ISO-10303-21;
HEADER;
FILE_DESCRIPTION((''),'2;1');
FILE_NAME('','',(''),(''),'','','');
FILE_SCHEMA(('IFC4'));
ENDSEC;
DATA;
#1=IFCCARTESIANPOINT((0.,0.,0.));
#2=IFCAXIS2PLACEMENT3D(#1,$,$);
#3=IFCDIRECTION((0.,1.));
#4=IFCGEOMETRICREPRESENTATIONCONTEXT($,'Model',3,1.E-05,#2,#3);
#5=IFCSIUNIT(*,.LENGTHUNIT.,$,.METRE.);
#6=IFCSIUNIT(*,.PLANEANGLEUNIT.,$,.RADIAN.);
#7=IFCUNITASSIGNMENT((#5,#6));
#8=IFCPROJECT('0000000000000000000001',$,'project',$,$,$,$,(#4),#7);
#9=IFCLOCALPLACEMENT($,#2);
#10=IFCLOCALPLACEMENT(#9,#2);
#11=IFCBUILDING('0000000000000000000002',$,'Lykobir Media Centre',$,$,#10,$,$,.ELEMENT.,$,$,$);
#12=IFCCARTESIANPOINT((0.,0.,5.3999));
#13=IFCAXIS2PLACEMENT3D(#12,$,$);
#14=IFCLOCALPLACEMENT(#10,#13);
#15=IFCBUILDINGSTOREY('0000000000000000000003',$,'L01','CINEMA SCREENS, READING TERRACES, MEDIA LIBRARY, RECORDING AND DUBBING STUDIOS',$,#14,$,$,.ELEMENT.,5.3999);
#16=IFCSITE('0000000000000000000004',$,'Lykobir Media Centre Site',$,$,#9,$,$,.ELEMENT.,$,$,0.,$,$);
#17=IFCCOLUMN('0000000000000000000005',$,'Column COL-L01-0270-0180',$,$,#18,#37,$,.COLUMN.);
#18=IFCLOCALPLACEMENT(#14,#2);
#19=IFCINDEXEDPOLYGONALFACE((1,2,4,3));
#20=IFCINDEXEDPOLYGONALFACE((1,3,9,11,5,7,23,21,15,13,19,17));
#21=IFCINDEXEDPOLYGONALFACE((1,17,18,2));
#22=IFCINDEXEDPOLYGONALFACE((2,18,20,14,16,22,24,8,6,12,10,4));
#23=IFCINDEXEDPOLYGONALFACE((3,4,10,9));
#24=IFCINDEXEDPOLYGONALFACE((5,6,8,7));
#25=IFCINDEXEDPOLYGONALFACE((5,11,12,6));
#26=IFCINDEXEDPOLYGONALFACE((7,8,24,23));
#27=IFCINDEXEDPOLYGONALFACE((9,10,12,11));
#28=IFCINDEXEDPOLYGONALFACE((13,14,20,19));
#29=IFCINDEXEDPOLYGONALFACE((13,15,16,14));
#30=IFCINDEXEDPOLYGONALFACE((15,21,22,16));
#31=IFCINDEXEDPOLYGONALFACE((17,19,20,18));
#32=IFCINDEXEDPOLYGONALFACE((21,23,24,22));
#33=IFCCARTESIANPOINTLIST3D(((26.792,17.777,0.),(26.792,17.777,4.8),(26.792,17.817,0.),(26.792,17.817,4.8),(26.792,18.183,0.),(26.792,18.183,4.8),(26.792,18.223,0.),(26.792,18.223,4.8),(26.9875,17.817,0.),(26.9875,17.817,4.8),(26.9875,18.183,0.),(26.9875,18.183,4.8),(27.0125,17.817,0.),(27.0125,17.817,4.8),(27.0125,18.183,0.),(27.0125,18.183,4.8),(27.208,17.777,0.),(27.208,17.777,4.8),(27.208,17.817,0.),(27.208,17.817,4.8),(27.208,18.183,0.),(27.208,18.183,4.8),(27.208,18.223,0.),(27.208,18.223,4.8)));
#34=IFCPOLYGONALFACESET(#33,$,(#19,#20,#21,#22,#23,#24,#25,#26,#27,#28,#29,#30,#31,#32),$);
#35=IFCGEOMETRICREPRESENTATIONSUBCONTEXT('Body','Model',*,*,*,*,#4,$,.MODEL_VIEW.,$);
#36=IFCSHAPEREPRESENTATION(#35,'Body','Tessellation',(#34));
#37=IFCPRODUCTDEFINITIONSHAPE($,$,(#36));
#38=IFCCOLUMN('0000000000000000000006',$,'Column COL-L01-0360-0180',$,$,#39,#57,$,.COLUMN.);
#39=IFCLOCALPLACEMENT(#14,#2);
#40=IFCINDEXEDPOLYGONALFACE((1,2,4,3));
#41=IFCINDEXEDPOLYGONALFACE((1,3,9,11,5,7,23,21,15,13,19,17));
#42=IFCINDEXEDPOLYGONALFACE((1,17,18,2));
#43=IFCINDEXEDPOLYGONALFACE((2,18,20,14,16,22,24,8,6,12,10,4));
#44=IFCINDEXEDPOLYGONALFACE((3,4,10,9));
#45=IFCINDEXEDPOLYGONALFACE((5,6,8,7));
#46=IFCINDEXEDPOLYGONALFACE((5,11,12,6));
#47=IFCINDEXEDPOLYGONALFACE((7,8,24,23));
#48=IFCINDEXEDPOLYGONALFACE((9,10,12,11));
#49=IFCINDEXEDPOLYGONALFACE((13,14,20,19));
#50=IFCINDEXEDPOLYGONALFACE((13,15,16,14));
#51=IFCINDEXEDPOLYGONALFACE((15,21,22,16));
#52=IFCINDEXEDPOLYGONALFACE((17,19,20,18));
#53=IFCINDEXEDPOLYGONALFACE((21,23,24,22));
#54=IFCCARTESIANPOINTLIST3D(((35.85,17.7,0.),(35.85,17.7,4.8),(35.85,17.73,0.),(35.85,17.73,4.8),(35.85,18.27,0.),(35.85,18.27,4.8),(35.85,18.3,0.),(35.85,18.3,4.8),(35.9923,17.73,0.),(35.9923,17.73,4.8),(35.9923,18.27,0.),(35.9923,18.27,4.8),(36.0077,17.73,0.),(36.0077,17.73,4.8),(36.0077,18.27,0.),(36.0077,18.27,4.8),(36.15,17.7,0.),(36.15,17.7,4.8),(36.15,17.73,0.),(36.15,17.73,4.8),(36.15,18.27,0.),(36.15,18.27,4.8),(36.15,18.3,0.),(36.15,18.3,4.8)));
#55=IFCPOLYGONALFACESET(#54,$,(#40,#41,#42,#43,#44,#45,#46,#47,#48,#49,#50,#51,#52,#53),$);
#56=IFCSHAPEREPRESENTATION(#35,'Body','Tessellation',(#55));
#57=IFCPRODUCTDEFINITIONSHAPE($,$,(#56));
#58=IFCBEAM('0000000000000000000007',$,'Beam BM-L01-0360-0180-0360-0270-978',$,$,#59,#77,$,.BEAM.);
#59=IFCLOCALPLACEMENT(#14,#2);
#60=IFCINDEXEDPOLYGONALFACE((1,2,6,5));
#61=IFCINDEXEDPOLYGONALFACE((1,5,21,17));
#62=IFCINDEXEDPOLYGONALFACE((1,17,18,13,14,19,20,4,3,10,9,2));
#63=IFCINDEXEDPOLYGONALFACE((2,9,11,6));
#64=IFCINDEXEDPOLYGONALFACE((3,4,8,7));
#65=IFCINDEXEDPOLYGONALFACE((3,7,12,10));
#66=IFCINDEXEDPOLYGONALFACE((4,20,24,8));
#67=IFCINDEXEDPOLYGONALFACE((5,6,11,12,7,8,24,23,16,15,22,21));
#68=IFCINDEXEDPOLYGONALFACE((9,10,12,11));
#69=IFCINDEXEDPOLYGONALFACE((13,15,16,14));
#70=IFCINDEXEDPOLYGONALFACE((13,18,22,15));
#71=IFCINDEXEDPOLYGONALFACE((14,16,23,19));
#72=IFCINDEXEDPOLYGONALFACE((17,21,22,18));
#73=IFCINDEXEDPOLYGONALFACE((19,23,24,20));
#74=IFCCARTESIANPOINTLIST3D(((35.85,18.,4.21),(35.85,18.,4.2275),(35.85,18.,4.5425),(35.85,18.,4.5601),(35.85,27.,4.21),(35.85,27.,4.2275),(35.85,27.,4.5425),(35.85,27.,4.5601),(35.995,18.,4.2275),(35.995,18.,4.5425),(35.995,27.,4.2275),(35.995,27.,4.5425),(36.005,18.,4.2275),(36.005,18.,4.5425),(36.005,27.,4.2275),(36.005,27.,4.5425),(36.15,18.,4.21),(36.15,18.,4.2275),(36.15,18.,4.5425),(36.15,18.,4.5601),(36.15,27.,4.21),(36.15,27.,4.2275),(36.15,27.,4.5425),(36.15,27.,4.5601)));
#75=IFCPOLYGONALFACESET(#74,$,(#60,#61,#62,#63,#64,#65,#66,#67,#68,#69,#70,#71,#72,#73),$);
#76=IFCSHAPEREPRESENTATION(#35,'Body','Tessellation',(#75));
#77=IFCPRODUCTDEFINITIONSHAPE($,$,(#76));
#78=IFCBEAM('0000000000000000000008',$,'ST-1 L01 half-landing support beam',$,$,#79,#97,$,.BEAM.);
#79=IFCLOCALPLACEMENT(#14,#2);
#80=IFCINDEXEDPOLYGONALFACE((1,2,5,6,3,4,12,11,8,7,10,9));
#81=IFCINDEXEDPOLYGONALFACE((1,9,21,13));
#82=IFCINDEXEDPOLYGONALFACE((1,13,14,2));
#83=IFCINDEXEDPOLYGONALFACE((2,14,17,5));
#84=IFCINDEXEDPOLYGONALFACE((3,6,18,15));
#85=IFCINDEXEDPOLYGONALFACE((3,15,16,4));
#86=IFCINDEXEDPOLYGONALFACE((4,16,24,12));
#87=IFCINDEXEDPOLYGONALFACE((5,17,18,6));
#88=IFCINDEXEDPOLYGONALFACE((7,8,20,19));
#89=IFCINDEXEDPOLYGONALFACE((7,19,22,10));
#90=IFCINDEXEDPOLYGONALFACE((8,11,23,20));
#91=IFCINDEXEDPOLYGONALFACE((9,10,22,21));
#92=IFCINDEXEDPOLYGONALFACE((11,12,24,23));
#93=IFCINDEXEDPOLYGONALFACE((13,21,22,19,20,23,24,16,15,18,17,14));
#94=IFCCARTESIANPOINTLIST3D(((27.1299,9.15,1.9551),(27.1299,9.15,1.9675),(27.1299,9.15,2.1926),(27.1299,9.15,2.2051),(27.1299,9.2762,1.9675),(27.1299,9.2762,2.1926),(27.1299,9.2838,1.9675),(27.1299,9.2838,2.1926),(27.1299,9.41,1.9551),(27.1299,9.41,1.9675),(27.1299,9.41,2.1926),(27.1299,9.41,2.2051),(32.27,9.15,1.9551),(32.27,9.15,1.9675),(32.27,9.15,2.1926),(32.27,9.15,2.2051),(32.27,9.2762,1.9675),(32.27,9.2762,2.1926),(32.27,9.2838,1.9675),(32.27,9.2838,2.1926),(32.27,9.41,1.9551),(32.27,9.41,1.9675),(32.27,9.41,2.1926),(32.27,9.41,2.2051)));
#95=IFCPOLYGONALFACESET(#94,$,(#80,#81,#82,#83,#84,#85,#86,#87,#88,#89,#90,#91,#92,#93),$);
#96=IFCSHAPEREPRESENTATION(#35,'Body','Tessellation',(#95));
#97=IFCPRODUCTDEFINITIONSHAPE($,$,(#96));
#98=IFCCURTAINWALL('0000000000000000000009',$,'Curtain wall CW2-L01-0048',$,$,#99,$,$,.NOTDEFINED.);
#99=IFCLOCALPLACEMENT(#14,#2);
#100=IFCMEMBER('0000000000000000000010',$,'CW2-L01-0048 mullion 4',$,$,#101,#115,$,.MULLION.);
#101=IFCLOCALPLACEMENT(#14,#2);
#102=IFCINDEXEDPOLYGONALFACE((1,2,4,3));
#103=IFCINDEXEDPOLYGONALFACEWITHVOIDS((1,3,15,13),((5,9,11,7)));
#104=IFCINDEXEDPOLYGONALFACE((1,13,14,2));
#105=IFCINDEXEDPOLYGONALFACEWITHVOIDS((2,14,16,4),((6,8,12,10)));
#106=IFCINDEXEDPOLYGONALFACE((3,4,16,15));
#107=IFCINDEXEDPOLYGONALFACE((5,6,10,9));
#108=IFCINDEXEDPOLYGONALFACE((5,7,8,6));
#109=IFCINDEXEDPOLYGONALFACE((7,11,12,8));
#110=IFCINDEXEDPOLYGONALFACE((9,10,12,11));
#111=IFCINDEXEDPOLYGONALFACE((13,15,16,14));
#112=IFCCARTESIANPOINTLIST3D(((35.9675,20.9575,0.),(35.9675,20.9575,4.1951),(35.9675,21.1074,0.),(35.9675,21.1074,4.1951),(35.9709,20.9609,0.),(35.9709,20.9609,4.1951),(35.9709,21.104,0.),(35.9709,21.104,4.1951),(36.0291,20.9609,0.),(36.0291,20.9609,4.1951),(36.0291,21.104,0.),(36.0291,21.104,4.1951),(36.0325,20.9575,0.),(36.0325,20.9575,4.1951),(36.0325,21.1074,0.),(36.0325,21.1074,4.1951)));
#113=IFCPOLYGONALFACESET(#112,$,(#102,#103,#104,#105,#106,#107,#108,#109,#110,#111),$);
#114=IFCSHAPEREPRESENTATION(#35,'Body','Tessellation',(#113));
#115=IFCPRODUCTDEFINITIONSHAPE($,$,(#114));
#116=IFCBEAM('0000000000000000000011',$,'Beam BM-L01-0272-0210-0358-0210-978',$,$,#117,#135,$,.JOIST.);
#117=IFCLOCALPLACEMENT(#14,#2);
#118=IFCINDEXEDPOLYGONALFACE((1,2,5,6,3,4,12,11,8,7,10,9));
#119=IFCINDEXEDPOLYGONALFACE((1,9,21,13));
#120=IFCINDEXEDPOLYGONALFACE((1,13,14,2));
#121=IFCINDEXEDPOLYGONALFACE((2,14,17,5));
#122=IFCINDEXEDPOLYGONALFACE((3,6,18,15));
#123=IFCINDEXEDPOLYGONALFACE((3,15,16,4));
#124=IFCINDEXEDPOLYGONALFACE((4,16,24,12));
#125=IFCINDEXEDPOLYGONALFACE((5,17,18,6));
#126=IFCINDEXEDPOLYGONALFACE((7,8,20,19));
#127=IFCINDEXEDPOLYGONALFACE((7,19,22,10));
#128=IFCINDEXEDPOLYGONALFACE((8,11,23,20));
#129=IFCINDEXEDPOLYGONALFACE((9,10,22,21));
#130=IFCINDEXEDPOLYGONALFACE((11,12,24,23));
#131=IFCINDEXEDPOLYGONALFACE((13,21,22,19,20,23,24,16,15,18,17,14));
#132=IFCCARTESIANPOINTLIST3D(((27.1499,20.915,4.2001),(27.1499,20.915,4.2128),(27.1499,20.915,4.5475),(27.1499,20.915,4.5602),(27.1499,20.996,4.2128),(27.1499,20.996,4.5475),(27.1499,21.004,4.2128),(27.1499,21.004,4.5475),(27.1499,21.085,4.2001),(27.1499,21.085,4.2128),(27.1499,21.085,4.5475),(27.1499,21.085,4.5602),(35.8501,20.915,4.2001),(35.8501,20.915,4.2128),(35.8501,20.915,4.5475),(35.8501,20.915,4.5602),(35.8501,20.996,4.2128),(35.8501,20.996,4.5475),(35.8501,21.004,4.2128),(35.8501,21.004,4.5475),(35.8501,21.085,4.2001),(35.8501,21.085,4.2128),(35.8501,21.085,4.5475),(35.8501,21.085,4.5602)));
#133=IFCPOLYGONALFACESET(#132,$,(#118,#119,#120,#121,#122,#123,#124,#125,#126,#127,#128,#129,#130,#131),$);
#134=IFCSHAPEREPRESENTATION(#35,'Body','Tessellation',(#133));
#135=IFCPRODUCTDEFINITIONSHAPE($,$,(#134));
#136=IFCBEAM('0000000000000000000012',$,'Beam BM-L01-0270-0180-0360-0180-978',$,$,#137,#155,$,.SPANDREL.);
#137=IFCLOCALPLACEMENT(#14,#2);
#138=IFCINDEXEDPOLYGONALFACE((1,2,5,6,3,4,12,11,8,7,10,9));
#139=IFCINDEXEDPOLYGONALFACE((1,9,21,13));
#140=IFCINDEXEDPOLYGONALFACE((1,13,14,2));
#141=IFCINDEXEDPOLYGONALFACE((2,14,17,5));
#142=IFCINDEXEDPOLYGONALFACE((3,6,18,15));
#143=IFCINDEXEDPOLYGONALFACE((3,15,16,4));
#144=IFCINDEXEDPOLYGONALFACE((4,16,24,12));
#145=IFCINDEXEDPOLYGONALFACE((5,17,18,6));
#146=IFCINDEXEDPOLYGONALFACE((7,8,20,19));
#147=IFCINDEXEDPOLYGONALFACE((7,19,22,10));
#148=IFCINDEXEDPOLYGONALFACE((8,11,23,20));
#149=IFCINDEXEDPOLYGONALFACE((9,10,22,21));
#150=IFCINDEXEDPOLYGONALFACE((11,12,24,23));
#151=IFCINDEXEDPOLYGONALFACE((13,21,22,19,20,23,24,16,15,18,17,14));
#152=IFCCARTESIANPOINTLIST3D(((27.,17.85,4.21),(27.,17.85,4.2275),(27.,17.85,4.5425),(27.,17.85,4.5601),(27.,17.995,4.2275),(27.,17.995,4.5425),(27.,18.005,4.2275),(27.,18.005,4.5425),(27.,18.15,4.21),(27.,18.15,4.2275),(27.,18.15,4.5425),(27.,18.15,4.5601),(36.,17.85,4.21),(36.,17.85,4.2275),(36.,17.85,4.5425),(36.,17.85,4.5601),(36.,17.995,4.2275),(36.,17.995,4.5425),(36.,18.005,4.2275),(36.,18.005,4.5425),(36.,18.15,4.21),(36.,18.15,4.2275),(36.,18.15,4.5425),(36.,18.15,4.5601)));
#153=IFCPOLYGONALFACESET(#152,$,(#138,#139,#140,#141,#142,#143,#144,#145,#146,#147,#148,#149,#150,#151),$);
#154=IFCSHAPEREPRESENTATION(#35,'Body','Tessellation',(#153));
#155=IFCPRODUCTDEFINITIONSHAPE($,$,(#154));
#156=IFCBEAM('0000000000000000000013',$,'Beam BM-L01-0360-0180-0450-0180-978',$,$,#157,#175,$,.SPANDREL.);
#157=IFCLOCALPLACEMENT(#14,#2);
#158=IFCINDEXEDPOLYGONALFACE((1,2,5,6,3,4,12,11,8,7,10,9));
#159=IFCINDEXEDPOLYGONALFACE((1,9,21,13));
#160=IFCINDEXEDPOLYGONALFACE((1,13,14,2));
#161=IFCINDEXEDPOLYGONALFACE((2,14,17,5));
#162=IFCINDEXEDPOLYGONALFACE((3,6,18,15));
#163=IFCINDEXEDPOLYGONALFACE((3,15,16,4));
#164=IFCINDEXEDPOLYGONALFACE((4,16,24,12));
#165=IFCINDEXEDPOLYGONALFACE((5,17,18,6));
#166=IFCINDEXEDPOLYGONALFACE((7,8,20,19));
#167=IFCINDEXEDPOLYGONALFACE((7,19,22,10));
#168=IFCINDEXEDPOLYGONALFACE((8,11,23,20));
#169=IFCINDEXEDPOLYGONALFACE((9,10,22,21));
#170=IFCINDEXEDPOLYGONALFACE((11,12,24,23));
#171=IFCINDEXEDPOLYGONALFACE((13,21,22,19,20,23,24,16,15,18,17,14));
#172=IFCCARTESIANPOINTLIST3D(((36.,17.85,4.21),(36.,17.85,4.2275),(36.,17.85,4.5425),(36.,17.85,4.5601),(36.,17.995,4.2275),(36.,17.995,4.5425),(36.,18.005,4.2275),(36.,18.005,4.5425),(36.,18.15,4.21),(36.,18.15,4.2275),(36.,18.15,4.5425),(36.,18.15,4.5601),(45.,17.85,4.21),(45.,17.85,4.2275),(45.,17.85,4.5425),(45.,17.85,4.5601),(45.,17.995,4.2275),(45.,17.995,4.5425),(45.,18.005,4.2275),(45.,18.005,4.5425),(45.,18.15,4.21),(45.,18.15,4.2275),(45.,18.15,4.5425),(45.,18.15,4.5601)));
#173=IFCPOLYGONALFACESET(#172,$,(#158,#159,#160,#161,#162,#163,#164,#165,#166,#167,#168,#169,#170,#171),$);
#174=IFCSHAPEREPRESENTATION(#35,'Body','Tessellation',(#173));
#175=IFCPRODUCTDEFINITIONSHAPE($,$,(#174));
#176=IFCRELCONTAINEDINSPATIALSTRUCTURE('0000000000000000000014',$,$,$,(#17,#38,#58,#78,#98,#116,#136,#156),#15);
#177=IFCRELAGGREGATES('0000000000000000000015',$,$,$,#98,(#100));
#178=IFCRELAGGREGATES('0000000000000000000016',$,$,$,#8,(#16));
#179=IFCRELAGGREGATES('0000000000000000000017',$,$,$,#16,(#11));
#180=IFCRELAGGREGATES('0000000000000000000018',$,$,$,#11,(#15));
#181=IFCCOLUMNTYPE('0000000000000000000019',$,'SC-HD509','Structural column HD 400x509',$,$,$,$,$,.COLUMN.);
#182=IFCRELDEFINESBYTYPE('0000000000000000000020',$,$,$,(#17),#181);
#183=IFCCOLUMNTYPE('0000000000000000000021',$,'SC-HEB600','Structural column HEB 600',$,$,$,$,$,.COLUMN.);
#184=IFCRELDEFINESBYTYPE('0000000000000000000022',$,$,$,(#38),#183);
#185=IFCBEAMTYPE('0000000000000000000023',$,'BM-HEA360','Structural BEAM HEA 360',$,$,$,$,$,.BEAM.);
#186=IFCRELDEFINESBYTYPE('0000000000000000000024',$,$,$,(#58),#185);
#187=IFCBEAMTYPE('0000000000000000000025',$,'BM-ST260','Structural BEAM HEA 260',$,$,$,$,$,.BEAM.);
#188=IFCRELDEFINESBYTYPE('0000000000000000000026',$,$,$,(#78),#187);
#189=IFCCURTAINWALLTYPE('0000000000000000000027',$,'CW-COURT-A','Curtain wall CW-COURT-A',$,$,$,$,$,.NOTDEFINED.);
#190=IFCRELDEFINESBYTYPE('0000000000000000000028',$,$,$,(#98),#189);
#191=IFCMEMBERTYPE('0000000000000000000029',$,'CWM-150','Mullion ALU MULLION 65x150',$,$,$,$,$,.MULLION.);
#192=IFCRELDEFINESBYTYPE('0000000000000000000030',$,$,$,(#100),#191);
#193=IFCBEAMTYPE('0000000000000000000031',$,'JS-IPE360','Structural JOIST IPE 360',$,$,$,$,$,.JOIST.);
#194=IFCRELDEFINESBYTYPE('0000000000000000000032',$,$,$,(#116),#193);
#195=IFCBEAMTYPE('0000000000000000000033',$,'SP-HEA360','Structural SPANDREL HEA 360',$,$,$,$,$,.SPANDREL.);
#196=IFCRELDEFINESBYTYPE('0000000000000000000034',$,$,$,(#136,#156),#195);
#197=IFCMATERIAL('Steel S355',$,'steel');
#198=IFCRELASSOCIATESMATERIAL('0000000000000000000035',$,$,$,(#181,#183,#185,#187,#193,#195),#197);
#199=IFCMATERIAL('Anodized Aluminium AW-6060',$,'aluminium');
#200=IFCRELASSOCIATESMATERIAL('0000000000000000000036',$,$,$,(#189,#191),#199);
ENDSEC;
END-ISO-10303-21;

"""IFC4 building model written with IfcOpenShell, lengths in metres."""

from ifc_helpers import new_model, si_unit, direction, frame, origin, origin_2d, place, context, subcontext, project, spatial, hollow_rectangle, i_section, extrude, material, material_profile, profile_set, type_object, element, aggregate, save


model = new_model("IFC4")

# Units and contexts
model_context = context("Model", 3, precision=1e-05, world=origin(), true_north=direction((0.0, 1.0)))
body_context = subcontext(model_context, "Body", "Model", "MODEL_VIEW")
ifc_project = project(units=[si_unit("LENGTHUNIT", "METRE"), si_unit("PLANEANGLEUNIT", "RADIAN")], contexts=[model_context])

# Site, building, storey
site_placement = place(None, origin())
site = spatial("IfcSite", under=ifc_project, at=site_placement, Name="Lykobir Media Centre Site", CompositionType="ELEMENT", RefElevation=0.0)
building_placement = place(site_placement, origin())
building = spatial("IfcBuilding", under=site, at=building_placement, Name="Lykobir Media Centre", CompositionType="ELEMENT")
storey_placement = place(building_placement, frame((0.0, 0.0, 5.3999)))
storey = spatial("IfcBuildingStorey", under=building, at=storey_placement, Name="L01", Description="CINEMA SCREENS, READING TERRACES, MEDIA LIBRARY, RECORDING AND DUBBING STUDIOS", CompositionType="ELEMENT", Elevation=5.3999)

# Columns
ifc_material_1 = material(Name="Steel S355", Category="steel")
ifc_material_profile_1 = material_profile(ifc_material_1, i_section(OverallWidth=0.416, OverallDepth=0.446, WebThickness=0.0249, FlangeThickness=0.04, at=origin_2d()), Name="HD 400x509")
ifc_profile_set_1 = profile_set([ifc_material_profile_1], Name="Steel S355")
column_type_1 = type_object("IfcColumnType", Name="SC-HD509", Description="Structural column HD 400x509", PredefinedType="COLUMN", material=ifc_profile_set_1)
column_1_placement = place(storey_placement, frame((27.0, 18.0, 0.0), z_axis=(0.0, 0.0, 1.0), x_axis=(1.0, 0.0, 0.0)))
element("IfcColumn", 1, at=column_1_placement, inside=storey, type_object=column_type_1, Name="Column COL-L01-0270-0180", PredefinedType="COLUMN", context=body_context, shape_type="SweptSolid", body=[
    extrude(i_section(OverallWidth=0.416, OverallDepth=0.446, WebThickness=0.0249, FlangeThickness=0.04, at=origin_2d()), origin(), (0.0, 0.0, 1.0), 4.8),
])
ifc_material_profile_2 = material_profile(ifc_material_1, i_section(OverallWidth=0.3, OverallDepth=0.6001, WebThickness=0.0154, FlangeThickness=0.03, at=origin_2d()), Name="HEB 600")
ifc_profile_set_2 = profile_set([ifc_material_profile_2], Name="Steel S355")
column_type_2 = type_object("IfcColumnType", Name="SC-HEB600", Description="Structural column HEB 600", PredefinedType="COLUMN", material=ifc_profile_set_2)
column_2_placement = place(storey_placement, frame((36.0, 18.0, 0.0), z_axis=(0.0, 0.0, 1.0), x_axis=(1.0, 0.0, 0.0)))
element("IfcColumn", 2, at=column_2_placement, inside=storey, type_object=column_type_2, Name="Column COL-L01-0360-0180", PredefinedType="COLUMN", context=body_context, shape_type="SweptSolid", body=[
    extrude(i_section(OverallWidth=0.3, OverallDepth=0.6001, WebThickness=0.0154, FlangeThickness=0.03, at=origin_2d()), origin(), (0.0, 0.0, 1.0), 4.8),
])

# Beams
ifc_material_profile_3 = material_profile(ifc_material_1, i_section(OverallWidth=0.3, OverallDepth=0.3501, WebThickness=0.01, FlangeThickness=0.0176, at=origin_2d()), Name="HEA 360")
ifc_profile_set_3 = profile_set([ifc_material_profile_3], Name="Steel S355")
beam_type_1 = type_object("IfcBeamType", Name="BM-HEA360", Description="Structural BEAM HEA 360", PredefinedType="BEAM", material=ifc_profile_set_3)
beam_1_placement = place(storey_placement, frame((36.0, 18.0, 4.385), z_axis=(0.0, 1.0, 0.0), x_axis=(-1.0, 0.0, 0.0)))
element("IfcBeam", 3, at=beam_1_placement, inside=storey, type_object=beam_type_1, Name="Beam BM-L01-0360-0180-0360-0270-978", PredefinedType="BEAM", context=body_context, shape_type="SweptSolid", body=[
    extrude(i_section(OverallWidth=0.3, OverallDepth=0.3501, WebThickness=0.01, FlangeThickness=0.0176, at=origin_2d()), origin(), (0.0, 0.0, 1.0), 9.0),
])
ifc_material_profile_4 = material_profile(ifc_material_1, i_section(OverallWidth=0.26, OverallDepth=0.25, WebThickness=0.0076, FlangeThickness=0.0125, at=origin_2d()), Name="HEA 260")
ifc_profile_set_4 = profile_set([ifc_material_profile_4], Name="Steel S355")
beam_type_2 = type_object("IfcBeamType", Name="BM-ST260", Description="Structural BEAM HEA 260", PredefinedType="BEAM", material=ifc_profile_set_4)
beam_2_placement = place(storey_placement, frame((27.1299, 9.28, 2.0801), z_axis=(1.0, 0.0, 0.0), x_axis=(0.0, 1.0, 0.0)))
element("IfcBeam", 4, at=beam_2_placement, inside=storey, type_object=beam_type_2, Name="ST-1 L01 half-landing support beam", PredefinedType="BEAM", context=body_context, shape_type="SweptSolid", body=[
    extrude(i_section(OverallWidth=0.26, OverallDepth=0.25, WebThickness=0.0076, FlangeThickness=0.0125, at=origin_2d()), origin(), (0.0, 0.0, 1.0), 5.1401),
])

# Curtain wall, member
ifc_material_2 = material(Name="Anodized Aluminium AW-6060", Category="aluminium")
curtain_wall_type = type_object("IfcCurtainWallType", Name="CW-COURT-A", Description="Curtain wall CW-COURT-A", PredefinedType="NOTDEFINED", material=ifc_material_2)
curtain_wall_placement = place(storey_placement, origin())
curtain_wall = element("IfcCurtainWall", 5, at=curtain_wall_placement, inside=storey, type_object=curtain_wall_type, Name="Curtain wall CW2-L01-0048", PredefinedType="NOTDEFINED")
ifc_material_profile_5 = material_profile(ifc_material_2, hollow_rectangle(XDim=0.0649, YDim=0.1499, WallThickness=0.0034, at=origin_2d()), Name="ALU MULLION 65x150")
ifc_profile_set_5 = profile_set([ifc_material_profile_5], Name="Anodized Aluminium AW-6060")
member_type = type_object("IfcMemberType", Name="CWM-150", Description="Mullion ALU MULLION 65x150", PredefinedType="MULLION", material=ifc_profile_set_5)
member_placement = place(storey_placement, frame((36.0, 21.0325, 0.0), z_axis=(0.0, 0.0, 1.0), x_axis=(1.0, 0.0, 0.0)))
member = element("IfcMember", 6, at=member_placement, type_object=member_type, Name="CW2-L01-0048 mullion 4", PredefinedType="MULLION", context=body_context, shape_type="SweptSolid", body=[
    extrude(hollow_rectangle(XDim=0.0649, YDim=0.1499, WallThickness=0.0034, at=origin_2d()), origin(), (0.0, 0.0, 1.0), 4.1951),
])
aggregate(curtain_wall, [member])

# Beams
ifc_material_profile_6 = material_profile(ifc_material_1, i_section(OverallWidth=0.1699, OverallDepth=0.3601, WebThickness=0.0081, FlangeThickness=0.0127, at=origin_2d()), Name="IPE 360")
ifc_profile_set_6 = profile_set([ifc_material_profile_6], Name="Steel S355")
beam_type_3 = type_object("IfcBeamType", Name="JS-IPE360", Description="Structural JOIST IPE 360", PredefinedType="JOIST", material=ifc_profile_set_6)
beam_3_placement = place(storey_placement, frame((27.1499, 21.0, 4.3801), z_axis=(1.0, 0.0, 0.0), x_axis=(0.0, 1.0, 0.0)))
element("IfcBeam", 7, at=beam_3_placement, inside=storey, type_object=beam_type_3, Name="Beam BM-L01-0272-0210-0358-0210-978", PredefinedType="JOIST", context=body_context, shape_type="SweptSolid", body=[
    extrude(i_section(OverallWidth=0.1699, OverallDepth=0.3601, WebThickness=0.0081, FlangeThickness=0.0127, at=origin_2d()), origin(), (0.0, 0.0, 1.0), 8.7002),
])
ifc_material_profile_7 = material_profile(ifc_material_1, i_section(OverallWidth=0.3, OverallDepth=0.3501, WebThickness=0.01, FlangeThickness=0.0176, at=origin_2d()), Name="HEA 360")
ifc_profile_set_7 = profile_set([ifc_material_profile_7], Name="Steel S355")
beam_type_4 = type_object("IfcBeamType", Name="SP-HEA360", Description="Structural SPANDREL HEA 360", PredefinedType="SPANDREL", material=ifc_profile_set_7)
for number, where, z_axis, x_axis, name in (
    (8, (27.0, 18.0, 4.385), (1.0, 0.0, 0.0), (0.0, 1.0, 0.0), "Beam BM-L01-0270-0180-0360-0180-978"),
    (9, (36.0, 18.0, 4.385), (1.0, 0.0, 0.0), (0.0, 1.0, 0.0), "Beam BM-L01-0360-0180-0450-0180-978"),
):
    element("IfcBeam", number, at=place(storey_placement, frame(where, z_axis=z_axis, x_axis=x_axis)), inside=storey, type_object=beam_type_4, Name=name, PredefinedType="SPANDREL", context=body_context, shape_type="SweptSolid", body=[
        extrude(i_section(OverallWidth=0.3, OverallDepth=0.3501, WebThickness=0.01, FlangeThickness=0.0176, at=origin_2d()), origin(), (0.0, 0.0, 1.0), 9.0),
    ])

save(model, "model.ifc")
